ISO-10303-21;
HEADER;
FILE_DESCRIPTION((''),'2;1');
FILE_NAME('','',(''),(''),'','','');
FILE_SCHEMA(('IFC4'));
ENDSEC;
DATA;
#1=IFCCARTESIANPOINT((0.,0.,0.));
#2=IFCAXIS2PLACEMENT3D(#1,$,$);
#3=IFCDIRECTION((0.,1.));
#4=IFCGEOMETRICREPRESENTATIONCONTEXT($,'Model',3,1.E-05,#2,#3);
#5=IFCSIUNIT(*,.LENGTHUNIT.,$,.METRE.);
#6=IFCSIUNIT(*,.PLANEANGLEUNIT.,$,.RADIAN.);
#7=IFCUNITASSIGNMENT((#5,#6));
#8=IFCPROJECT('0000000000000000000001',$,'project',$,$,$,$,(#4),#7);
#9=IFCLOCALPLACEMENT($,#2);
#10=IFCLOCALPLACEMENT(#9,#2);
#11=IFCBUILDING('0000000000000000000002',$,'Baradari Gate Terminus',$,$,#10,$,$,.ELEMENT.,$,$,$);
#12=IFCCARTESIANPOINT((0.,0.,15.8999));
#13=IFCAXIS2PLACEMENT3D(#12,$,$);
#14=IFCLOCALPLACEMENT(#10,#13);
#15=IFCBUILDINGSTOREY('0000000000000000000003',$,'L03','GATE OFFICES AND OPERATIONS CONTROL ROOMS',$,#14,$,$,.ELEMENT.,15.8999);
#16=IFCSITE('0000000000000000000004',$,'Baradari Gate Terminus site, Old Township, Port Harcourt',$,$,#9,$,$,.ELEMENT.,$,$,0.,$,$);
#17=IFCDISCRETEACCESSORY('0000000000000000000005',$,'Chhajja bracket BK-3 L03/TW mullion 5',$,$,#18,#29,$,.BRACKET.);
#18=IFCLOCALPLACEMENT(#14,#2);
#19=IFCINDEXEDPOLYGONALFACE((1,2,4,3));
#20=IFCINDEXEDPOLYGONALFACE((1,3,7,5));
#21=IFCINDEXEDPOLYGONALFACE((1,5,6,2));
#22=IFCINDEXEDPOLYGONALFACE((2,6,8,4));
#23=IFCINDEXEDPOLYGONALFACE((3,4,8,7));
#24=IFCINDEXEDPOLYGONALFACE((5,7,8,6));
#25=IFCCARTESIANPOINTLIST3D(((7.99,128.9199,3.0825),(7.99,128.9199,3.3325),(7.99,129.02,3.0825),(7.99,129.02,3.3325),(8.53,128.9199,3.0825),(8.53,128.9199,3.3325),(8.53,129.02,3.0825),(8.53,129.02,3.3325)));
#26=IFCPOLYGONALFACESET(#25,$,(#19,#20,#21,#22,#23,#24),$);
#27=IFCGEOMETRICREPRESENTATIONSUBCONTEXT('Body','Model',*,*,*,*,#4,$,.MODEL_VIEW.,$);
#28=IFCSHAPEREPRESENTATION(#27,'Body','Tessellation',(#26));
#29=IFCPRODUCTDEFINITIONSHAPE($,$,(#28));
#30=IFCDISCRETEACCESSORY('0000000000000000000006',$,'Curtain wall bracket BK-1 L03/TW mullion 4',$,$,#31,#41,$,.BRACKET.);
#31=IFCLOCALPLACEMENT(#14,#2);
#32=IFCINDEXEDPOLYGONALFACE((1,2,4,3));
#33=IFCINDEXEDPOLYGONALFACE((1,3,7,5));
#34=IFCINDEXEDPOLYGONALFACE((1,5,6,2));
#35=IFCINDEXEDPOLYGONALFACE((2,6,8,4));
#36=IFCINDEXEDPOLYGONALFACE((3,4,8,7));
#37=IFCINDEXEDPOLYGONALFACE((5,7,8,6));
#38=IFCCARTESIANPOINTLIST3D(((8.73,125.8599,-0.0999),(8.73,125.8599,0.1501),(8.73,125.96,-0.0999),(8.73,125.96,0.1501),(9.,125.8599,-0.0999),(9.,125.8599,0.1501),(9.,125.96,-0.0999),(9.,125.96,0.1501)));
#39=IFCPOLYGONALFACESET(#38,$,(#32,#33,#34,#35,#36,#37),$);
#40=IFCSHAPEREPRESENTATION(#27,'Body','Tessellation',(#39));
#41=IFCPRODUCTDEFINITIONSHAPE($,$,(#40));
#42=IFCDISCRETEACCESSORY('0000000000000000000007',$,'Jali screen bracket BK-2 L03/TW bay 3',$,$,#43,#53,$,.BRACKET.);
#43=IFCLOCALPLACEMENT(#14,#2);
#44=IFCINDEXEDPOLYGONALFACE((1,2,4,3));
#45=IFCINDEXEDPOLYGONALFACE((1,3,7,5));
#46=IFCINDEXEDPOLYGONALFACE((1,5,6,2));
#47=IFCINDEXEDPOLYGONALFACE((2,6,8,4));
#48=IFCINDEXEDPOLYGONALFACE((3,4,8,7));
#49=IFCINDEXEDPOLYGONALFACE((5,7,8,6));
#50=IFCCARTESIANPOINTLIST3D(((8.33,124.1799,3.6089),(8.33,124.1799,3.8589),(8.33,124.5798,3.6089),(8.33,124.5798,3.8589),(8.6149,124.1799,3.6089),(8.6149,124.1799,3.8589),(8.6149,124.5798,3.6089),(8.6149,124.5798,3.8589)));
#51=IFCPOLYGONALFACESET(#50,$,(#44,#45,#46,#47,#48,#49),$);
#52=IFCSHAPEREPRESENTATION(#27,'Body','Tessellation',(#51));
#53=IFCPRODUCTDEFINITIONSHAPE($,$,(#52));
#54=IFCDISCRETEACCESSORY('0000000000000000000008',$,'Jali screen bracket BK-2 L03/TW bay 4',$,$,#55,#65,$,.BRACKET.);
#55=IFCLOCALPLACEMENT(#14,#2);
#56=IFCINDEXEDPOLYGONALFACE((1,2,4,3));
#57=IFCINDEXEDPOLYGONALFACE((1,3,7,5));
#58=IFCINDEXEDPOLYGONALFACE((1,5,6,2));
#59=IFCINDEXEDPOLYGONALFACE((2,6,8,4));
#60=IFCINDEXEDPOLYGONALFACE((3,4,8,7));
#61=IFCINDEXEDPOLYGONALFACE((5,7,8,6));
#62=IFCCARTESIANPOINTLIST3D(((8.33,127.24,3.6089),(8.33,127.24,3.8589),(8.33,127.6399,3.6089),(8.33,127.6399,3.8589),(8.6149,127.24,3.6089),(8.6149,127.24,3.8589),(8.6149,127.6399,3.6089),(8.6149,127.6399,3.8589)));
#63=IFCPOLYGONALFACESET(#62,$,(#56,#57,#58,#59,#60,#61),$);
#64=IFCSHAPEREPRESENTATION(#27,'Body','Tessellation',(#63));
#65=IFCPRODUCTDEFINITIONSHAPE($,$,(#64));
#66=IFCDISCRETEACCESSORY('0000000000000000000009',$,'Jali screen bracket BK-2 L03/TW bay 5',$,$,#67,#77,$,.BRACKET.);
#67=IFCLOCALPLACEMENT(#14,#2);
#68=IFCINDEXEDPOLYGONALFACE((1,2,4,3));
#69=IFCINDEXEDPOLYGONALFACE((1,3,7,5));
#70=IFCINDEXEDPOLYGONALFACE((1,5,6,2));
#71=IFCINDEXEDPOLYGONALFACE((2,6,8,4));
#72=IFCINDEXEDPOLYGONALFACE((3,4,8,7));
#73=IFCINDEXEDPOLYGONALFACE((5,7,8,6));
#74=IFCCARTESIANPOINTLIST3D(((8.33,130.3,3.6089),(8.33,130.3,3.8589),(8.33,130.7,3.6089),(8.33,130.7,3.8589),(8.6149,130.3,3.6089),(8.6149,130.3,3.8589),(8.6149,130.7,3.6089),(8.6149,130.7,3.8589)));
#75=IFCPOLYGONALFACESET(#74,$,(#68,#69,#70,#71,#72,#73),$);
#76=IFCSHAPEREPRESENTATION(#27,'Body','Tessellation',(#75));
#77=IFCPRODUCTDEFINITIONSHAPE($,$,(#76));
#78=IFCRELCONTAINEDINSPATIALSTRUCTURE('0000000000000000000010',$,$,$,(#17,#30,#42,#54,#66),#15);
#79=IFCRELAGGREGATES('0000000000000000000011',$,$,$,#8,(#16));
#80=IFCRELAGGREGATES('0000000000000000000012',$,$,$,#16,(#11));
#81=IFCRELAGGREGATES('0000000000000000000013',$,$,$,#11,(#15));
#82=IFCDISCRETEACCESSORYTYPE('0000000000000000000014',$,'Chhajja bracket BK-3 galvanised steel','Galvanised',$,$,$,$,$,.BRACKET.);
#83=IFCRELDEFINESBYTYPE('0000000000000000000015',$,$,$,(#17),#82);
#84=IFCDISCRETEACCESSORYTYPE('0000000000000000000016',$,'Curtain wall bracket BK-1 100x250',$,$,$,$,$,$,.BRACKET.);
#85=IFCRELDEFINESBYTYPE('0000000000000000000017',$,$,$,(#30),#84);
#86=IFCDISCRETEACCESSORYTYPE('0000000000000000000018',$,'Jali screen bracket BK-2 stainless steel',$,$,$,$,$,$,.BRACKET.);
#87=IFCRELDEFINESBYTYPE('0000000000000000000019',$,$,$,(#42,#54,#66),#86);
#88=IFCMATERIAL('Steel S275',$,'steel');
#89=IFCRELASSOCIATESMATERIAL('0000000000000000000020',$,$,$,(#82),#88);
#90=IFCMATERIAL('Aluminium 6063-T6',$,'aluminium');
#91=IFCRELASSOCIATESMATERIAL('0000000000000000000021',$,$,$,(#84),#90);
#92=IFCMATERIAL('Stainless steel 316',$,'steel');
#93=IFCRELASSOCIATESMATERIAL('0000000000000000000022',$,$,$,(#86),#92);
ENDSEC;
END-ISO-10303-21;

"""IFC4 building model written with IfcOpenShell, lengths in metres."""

from ifc_helpers import new_model, si_unit, direction, frame, origin, origin_2d, place, context, subcontext, project, spatial, rectangle, extrude, material, type_object, element, save


model = new_model("IFC4")

# Units and contexts
model_context = context("Model", 3, precision=1e-05, world=origin(), true_north=direction((0.0, 1.0)))
body_context = subcontext(model_context, "Body", "Model", "MODEL_VIEW")
ifc_project = project(units=[si_unit("LENGTHUNIT", "METRE"), si_unit("PLANEANGLEUNIT", "RADIAN")], contexts=[model_context])

# Site, building, storey
site_placement = place(None, origin())
site = spatial("IfcSite", under=ifc_project, at=site_placement, Name="Baradari Gate Terminus site, Old Township, Port Harcourt", CompositionType="ELEMENT", RefElevation=0.0)
building_placement = place(site_placement, origin())
building = spatial("IfcBuilding", under=site, at=building_placement, Name="Baradari Gate Terminus", CompositionType="ELEMENT")
storey_placement = place(building_placement, frame((0.0, 0.0, 15.8999)))
storey = spatial("IfcBuildingStorey", under=building, at=storey_placement, Name="L03", Description="GATE OFFICES AND OPERATIONS CONTROL ROOMS", CompositionType="ELEMENT", Elevation=15.8999)

# Discrete accessories
ifc_material_1 = material(Name="Steel S275", Category="steel")
discrete_accessory_type_1 = type_object("IfcDiscreteAccessoryType", Name="Chhajja bracket BK-3 galvanised steel", Description="Galvanised", PredefinedType="BRACKET", material=ifc_material_1)
discrete_accessory_1_placement = place(storey_placement, frame((8.26, 128.97, 3.0825), z_axis=(0.0, 0.0, 1.0), x_axis=(-1.0, 0.0, 0.0)))
element("IfcDiscreteAccessory", 1, at=discrete_accessory_1_placement, inside=storey, type_object=discrete_accessory_type_1, Name="Chhajja bracket BK-3 L03/TW mullion 5", PredefinedType="BRACKET", context=body_context, shape_type="SweptSolid", body=[
    extrude(rectangle(XDim=0.54, YDim=0.1001, at=origin_2d()), origin(), (0.0, 0.0, 1.0), 0.25),
])
ifc_material_2 = material(Name="Aluminium 6063-T6", Category="aluminium")
discrete_accessory_type_2 = type_object("IfcDiscreteAccessoryType", Name="Curtain wall bracket BK-1 100x250", PredefinedType="BRACKET", material=ifc_material_2)
discrete_accessory_2_placement = place(storey_placement, frame((8.865, 125.9099, -0.0999), z_axis=(0.0, 0.0, 1.0), x_axis=(-1.0, 0.0, 0.0)))
element("IfcDiscreteAccessory", 2, at=discrete_accessory_2_placement, inside=storey, type_object=discrete_accessory_type_2, Name="Curtain wall bracket BK-1 L03/TW mullion 4", PredefinedType="BRACKET", context=body_context, shape_type="SweptSolid", body=[
    extrude(rectangle(XDim=0.27, YDim=0.1001, at=origin_2d()), origin(), (0.0, 0.0, 1.0), 0.25),
])
ifc_material_3 = material(Name="Stainless steel 316", Category="steel")
discrete_accessory_type_3 = type_object("IfcDiscreteAccessoryType", Name="Jali screen bracket BK-2 stainless steel", PredefinedType="BRACKET", material=ifc_material_3)
for number, where, z_axis, x_axis, name in (
    (3, (8.4724, 124.3799, 3.6089), (0.0, 0.0, 1.0), (-1.0, 0.0, 0.0), "Jali screen bracket BK-2 L03/TW bay 3"),
    (4, (8.4724, 127.4399, 3.6089), (0.0, 0.0, 1.0), (-1.0, 0.0, 0.0), "Jali screen bracket BK-2 L03/TW bay 4"),
    (5, (8.4724, 130.5, 3.6089), (0.0, 0.0, 1.0), (-1.0, 0.0, 0.0), "Jali screen bracket BK-2 L03/TW bay 5"),
):
    element("IfcDiscreteAccessory", number, at=place(storey_placement, frame(where, z_axis=z_axis, x_axis=x_axis)), inside=storey, type_object=discrete_accessory_type_3, Name=name, PredefinedType="BRACKET", context=body_context, shape_type="SweptSolid", body=[
        extrude(rectangle(XDim=0.2849, YDim=0.3999, at=origin_2d()), origin(), (0.0, 0.0, 1.0), 0.25),
    ])

save(model, "model.ifc")
